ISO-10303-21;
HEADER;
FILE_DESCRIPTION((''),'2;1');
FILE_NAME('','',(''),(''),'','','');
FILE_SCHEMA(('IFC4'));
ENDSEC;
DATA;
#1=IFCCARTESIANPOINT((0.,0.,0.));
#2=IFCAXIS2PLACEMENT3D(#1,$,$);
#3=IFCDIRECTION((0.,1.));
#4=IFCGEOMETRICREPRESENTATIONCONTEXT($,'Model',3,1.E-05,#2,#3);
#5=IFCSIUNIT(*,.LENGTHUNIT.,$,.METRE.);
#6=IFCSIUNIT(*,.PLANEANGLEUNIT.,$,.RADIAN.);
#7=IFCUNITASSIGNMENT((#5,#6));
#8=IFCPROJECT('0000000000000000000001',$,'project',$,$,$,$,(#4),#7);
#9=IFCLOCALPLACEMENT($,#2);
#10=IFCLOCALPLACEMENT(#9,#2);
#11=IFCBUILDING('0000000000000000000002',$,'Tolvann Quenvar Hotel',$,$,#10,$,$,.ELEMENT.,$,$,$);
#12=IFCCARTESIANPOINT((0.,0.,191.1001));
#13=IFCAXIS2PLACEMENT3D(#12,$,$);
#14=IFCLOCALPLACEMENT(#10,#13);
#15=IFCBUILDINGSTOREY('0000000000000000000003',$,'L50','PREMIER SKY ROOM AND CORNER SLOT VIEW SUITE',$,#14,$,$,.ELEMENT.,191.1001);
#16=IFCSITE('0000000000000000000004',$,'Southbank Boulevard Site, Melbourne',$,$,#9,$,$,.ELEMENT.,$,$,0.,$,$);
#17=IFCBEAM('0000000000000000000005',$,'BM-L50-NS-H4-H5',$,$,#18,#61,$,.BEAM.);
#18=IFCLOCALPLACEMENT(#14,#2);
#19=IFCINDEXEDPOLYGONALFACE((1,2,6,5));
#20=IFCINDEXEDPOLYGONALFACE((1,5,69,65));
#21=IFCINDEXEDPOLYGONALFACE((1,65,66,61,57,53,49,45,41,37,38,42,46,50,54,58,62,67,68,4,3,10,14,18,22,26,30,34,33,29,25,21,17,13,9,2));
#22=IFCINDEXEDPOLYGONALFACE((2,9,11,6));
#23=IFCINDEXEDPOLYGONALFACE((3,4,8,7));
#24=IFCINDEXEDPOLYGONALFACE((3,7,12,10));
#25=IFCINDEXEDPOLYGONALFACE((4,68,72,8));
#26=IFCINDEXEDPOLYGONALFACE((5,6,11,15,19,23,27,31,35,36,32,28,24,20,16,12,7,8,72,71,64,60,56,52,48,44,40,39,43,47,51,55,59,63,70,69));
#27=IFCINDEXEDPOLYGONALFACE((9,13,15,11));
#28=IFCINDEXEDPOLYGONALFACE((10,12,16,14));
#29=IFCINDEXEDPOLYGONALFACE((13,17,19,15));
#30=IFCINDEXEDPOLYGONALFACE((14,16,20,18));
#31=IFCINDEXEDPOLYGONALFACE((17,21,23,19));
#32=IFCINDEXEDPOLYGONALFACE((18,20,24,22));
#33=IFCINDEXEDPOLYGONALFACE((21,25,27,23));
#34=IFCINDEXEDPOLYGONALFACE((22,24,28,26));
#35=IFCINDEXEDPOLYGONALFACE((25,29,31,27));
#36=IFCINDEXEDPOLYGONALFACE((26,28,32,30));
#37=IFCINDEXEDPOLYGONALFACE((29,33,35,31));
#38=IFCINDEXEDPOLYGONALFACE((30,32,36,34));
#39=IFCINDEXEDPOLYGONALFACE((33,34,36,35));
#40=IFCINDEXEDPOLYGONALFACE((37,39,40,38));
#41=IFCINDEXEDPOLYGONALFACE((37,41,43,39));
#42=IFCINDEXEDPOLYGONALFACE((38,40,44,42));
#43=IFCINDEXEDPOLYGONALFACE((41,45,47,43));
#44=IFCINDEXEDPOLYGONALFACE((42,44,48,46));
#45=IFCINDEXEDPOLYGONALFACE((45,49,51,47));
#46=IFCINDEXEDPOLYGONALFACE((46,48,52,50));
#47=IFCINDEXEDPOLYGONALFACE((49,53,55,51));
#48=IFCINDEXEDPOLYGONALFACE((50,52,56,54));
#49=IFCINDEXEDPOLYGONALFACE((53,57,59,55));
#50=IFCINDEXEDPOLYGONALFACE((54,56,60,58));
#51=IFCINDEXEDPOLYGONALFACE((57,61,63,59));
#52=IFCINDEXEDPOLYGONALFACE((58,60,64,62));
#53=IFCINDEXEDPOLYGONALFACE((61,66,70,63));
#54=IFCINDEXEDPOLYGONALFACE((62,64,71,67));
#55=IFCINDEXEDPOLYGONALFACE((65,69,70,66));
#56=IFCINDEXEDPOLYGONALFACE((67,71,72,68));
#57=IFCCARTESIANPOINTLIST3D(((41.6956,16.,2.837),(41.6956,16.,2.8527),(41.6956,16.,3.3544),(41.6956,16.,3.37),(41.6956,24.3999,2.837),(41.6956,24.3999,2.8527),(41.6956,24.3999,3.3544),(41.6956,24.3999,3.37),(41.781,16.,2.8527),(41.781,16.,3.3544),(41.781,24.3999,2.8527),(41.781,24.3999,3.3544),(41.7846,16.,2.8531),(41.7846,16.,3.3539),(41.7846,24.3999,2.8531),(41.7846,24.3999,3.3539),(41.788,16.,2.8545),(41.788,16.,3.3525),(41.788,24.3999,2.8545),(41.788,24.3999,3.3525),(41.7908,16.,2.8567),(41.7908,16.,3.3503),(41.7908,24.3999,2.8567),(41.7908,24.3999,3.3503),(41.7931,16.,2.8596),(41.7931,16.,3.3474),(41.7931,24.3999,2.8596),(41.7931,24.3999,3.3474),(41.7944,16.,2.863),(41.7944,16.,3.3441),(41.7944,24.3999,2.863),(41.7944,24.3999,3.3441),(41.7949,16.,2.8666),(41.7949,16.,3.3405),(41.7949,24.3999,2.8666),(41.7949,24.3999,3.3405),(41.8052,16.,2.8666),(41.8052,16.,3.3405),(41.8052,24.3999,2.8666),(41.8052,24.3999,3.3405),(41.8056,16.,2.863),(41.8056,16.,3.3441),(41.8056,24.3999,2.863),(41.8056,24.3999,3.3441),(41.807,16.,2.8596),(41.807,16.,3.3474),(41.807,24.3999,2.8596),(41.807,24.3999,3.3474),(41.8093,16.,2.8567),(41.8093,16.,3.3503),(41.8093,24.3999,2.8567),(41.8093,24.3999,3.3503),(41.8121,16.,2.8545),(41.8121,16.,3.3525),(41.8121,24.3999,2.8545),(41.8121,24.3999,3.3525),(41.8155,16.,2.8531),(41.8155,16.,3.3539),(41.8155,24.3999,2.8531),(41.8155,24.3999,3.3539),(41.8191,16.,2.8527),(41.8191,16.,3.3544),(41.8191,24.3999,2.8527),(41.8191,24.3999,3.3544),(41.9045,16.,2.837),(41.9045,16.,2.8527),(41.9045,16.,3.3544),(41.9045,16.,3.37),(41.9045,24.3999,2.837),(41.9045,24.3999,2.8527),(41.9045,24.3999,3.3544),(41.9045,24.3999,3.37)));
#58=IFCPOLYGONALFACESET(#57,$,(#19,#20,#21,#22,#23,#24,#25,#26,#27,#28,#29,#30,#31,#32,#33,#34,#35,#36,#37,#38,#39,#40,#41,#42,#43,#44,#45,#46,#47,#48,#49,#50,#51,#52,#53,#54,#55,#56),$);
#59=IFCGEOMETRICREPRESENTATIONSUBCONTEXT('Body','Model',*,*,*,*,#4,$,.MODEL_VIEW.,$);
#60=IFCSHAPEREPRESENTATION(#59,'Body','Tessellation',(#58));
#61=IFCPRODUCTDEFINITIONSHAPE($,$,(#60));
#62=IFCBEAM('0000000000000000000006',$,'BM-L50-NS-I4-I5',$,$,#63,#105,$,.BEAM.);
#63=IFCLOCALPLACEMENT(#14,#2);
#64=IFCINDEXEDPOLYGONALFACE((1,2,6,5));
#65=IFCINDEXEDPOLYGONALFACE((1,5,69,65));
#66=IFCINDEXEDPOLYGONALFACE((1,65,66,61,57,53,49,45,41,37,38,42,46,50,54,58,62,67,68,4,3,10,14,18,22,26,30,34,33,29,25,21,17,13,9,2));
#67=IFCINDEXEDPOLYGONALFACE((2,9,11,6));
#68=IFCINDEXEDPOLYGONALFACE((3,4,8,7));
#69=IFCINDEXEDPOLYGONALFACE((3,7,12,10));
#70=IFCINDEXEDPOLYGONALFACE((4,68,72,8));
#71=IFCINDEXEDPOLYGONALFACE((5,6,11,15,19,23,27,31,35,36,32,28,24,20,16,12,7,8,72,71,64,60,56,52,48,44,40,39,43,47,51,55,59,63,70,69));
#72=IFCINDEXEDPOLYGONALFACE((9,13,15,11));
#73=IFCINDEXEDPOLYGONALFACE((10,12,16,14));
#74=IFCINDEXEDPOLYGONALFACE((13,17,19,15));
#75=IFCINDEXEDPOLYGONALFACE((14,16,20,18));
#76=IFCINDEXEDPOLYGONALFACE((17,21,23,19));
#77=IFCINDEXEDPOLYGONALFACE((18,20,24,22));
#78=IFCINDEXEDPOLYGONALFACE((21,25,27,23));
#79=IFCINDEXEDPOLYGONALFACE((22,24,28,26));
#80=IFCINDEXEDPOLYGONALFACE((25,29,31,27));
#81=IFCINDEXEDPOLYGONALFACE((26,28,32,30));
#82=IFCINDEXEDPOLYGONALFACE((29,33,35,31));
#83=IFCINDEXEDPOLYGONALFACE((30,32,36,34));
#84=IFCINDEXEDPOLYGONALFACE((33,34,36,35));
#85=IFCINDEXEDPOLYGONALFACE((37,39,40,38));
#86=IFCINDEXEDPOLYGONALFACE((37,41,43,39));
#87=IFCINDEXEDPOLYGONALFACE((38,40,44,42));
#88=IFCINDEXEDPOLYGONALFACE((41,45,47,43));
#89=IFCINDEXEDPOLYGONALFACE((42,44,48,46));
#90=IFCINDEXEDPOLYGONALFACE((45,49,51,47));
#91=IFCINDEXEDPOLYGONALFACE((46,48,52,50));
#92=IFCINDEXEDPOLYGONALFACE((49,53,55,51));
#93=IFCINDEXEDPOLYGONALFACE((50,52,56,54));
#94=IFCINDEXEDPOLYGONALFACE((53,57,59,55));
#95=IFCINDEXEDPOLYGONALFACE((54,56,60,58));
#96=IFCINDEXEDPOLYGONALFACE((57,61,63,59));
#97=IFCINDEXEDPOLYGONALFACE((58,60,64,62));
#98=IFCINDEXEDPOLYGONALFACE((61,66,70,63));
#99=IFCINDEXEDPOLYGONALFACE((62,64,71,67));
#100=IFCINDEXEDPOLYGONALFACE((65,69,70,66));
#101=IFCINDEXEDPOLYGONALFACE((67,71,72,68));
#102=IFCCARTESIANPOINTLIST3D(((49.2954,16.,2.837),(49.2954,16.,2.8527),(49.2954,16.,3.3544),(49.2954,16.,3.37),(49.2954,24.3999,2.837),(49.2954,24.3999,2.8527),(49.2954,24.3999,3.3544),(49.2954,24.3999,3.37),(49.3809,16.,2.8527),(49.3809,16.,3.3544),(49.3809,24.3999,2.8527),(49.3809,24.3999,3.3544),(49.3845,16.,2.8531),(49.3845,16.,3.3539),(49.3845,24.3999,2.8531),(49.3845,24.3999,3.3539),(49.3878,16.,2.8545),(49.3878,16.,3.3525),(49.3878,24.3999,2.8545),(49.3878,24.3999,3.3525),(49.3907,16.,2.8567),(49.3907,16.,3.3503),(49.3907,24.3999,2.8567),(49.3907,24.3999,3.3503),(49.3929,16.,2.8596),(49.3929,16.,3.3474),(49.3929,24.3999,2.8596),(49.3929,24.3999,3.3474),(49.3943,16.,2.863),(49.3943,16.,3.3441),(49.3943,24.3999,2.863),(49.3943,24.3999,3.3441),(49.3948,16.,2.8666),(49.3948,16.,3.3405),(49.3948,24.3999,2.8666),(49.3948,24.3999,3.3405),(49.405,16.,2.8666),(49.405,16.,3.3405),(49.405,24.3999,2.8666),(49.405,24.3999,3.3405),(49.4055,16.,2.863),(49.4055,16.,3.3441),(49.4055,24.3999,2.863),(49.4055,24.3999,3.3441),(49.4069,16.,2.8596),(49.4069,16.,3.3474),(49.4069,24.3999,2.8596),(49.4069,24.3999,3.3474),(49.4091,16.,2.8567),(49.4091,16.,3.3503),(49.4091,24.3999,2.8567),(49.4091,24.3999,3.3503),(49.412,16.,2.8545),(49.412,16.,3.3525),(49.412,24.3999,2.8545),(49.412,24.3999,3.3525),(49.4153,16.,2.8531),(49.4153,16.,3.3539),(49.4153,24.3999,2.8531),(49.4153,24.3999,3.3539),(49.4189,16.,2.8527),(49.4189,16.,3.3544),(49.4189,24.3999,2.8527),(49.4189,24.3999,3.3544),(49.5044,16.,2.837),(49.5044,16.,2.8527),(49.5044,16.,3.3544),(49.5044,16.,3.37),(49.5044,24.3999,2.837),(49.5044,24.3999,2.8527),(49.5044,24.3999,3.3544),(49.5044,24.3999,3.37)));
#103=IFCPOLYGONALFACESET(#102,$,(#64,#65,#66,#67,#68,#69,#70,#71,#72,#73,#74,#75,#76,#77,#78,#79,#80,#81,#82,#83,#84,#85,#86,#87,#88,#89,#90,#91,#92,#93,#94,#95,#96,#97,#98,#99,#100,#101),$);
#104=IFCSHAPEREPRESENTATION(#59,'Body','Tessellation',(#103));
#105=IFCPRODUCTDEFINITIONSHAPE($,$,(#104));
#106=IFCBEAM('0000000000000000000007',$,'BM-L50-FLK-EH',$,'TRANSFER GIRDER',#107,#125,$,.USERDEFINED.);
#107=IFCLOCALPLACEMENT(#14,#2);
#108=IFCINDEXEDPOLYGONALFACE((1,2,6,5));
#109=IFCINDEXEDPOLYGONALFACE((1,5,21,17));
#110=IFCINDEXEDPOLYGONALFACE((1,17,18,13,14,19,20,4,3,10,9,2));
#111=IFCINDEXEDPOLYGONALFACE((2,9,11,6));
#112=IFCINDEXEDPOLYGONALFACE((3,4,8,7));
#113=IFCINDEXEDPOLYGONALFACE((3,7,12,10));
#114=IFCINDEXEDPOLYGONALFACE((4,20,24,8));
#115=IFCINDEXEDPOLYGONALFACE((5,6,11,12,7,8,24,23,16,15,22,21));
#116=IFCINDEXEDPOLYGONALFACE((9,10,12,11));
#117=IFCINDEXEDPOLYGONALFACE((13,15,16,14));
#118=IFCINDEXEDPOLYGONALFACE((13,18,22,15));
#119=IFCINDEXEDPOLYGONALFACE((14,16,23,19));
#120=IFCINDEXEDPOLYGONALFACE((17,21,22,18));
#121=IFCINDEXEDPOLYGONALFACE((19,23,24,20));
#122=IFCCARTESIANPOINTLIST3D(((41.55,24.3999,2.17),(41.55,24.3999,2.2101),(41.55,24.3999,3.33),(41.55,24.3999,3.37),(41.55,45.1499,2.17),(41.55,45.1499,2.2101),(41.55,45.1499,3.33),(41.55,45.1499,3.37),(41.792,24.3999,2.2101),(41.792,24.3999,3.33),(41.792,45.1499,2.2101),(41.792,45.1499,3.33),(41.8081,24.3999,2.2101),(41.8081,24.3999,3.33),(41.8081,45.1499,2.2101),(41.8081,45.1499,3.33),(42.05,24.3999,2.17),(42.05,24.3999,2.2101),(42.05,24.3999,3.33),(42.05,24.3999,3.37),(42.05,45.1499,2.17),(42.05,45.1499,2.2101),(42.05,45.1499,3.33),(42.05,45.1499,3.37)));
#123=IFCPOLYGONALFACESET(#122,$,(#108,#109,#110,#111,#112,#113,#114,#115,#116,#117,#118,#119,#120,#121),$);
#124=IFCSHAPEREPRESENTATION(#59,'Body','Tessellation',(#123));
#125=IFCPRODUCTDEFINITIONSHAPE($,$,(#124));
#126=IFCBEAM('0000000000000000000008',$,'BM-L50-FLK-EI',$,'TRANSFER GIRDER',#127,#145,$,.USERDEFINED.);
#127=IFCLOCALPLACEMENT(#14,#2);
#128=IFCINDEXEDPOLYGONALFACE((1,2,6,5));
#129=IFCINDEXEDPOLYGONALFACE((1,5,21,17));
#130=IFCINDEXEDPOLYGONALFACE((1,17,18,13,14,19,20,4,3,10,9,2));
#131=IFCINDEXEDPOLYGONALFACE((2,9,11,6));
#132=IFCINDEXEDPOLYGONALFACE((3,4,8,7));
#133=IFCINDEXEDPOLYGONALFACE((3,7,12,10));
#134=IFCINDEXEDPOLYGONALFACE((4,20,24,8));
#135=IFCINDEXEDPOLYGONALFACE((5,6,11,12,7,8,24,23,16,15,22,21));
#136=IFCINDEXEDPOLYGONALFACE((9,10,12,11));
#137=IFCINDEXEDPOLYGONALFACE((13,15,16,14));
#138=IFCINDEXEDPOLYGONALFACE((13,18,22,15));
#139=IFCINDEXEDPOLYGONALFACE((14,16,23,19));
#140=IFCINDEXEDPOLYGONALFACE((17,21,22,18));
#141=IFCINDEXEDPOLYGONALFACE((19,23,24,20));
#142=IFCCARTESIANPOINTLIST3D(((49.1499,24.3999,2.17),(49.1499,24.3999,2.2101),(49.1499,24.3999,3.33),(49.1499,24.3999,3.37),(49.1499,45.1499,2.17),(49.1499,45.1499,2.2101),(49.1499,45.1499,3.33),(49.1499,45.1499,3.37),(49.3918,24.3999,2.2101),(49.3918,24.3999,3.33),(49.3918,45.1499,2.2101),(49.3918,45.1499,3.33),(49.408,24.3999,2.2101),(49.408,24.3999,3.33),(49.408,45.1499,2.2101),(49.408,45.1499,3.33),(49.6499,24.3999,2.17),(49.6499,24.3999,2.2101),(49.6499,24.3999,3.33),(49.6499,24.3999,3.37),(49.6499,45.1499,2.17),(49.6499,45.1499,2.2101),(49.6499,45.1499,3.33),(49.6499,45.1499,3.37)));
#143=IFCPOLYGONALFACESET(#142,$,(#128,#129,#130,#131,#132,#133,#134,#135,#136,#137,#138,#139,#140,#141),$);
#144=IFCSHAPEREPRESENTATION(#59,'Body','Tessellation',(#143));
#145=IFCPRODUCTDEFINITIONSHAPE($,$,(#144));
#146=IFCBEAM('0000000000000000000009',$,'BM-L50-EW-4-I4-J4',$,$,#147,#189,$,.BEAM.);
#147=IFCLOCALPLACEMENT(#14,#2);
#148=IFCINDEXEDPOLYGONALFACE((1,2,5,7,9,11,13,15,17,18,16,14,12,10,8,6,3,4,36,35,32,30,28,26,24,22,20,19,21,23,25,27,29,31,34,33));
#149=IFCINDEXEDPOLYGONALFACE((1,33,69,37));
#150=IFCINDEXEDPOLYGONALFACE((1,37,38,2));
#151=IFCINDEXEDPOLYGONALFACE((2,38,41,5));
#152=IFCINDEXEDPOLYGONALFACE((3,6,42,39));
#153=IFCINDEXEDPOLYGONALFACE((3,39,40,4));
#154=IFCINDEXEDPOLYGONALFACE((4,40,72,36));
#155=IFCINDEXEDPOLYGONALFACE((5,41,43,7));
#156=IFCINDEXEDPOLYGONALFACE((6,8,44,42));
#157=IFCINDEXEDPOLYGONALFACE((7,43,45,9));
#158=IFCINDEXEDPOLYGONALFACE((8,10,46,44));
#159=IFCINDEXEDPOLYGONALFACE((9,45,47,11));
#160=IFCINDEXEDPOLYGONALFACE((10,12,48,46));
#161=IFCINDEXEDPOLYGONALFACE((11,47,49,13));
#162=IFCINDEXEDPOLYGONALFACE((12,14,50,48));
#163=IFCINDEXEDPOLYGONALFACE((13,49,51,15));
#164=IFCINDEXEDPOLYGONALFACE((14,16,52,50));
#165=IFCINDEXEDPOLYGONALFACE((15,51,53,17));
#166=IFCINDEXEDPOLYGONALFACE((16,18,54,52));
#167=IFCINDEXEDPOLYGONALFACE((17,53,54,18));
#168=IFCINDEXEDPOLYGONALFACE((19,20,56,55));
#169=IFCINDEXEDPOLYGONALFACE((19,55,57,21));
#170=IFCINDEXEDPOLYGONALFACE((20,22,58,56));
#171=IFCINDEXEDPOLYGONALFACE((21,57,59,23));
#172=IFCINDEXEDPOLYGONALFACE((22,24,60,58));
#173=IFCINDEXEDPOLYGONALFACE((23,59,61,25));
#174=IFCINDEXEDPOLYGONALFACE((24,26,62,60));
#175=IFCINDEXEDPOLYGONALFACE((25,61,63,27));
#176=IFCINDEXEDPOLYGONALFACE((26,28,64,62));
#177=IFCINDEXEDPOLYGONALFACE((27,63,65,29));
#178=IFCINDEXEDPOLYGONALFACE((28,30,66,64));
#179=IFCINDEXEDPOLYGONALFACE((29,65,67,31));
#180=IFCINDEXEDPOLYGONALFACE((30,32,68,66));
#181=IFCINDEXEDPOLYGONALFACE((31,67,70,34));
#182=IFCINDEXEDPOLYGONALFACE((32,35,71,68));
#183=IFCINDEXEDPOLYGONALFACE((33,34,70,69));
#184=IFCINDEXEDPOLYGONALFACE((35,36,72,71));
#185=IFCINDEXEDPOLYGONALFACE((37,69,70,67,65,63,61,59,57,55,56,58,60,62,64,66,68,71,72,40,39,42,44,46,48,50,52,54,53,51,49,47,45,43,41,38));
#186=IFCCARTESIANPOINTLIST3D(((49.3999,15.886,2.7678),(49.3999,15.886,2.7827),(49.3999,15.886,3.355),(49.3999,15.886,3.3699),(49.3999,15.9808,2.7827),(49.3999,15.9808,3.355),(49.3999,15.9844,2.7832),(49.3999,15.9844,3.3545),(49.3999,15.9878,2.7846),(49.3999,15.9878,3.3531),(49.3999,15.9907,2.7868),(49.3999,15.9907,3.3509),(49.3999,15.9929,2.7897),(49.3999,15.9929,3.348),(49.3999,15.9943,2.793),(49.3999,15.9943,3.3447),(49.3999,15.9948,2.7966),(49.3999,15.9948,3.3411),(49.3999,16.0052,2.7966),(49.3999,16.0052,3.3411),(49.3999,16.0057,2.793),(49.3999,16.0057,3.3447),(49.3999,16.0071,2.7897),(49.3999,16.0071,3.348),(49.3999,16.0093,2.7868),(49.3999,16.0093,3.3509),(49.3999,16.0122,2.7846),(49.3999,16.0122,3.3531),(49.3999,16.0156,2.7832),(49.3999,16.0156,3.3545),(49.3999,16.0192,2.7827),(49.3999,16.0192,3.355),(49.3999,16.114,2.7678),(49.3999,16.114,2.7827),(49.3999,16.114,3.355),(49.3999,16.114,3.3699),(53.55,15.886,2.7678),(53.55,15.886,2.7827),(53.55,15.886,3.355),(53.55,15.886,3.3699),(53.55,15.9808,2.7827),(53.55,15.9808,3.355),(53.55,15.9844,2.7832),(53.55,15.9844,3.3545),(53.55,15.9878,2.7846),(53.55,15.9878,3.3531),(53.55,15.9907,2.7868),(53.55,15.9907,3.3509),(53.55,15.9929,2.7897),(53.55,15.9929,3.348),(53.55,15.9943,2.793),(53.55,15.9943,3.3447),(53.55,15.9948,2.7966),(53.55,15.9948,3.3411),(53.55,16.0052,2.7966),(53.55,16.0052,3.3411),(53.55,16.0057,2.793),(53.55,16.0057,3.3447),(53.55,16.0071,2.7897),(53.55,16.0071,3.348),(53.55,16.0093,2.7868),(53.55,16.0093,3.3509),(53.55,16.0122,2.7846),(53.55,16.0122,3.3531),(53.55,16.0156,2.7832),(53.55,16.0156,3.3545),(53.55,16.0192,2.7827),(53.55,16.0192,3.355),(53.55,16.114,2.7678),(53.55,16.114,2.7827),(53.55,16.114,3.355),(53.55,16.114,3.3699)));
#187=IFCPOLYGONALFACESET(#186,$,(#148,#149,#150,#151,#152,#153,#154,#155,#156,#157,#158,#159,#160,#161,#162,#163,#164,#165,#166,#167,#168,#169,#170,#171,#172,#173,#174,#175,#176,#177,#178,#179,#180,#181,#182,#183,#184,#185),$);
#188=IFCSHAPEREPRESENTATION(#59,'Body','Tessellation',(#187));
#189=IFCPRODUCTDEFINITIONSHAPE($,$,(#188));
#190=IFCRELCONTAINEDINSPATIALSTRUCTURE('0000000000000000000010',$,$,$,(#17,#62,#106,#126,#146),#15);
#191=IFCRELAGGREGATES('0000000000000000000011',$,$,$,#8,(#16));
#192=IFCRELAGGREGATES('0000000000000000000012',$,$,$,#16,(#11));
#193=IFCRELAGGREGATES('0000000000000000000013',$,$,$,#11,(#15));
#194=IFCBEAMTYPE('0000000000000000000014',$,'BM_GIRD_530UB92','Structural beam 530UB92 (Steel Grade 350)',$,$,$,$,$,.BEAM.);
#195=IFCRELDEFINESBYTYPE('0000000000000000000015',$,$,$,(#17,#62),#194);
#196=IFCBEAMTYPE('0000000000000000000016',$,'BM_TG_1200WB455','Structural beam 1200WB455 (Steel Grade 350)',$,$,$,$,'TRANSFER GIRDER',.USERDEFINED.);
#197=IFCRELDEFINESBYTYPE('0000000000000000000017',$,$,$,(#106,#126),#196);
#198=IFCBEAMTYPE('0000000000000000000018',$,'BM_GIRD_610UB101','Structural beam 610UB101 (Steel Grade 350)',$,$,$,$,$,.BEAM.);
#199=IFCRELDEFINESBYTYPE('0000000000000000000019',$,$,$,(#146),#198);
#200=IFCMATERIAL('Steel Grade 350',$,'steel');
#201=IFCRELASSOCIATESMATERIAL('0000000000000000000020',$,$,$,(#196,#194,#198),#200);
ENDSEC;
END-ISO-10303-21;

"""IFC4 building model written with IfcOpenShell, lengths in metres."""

from ifc_helpers import new_model, si_unit, direction, frame, origin, origin_2d, place, context, subcontext, project, spatial, i_section, extrude, source, transform, mapped, material, material_profile, profile_set, type_object, type_shapes, element, save


model = new_model("IFC4")

# Units and contexts
model_context = context("Model", 3, precision=1e-05, world=origin(), true_north=direction((0.0, 1.0)))
body_context = subcontext(model_context, "Body", "Model", "MODEL_VIEW")
ifc_project = project(units=[si_unit("LENGTHUNIT", "METRE"), si_unit("PLANEANGLEUNIT", "RADIAN")], contexts=[model_context])

# Site, building, storey
site_placement = place(None, origin())
site = spatial("IfcSite", under=ifc_project, at=site_placement, Name="Southbank Boulevard Site, Melbourne", CompositionType="ELEMENT", RefElevation=0.0)
building_placement = place(site_placement, origin())
building = spatial("IfcBuilding", under=site, at=building_placement, Name="Tolvann Quenvar Hotel", CompositionType="ELEMENT")
storey_placement = place(building_placement, frame((0.0, 0.0, 191.1001)))
storey = spatial("IfcBuildingStorey", under=building, at=storey_placement, Name="L50", Description="PREMIER SKY ROOM AND CORNER SLOT VIEW SUITE", CompositionType="ELEMENT", Elevation=191.1001)

# Shared definitions
ifc_material_1 = material(Name="Steel Grade 350", Category="steel")

# Beams
ifc_material_profile_1 = material_profile(ifc_material_1, i_section(OverallWidth=0.5, OverallDepth=1.2, WebThickness=0.0161, FlangeThickness=0.04, at=origin_2d()), Name="1200WB455")
ifc_profile_set_1 = profile_set([ifc_material_profile_1], Name="Steel Grade 350")
beam_type_1 = type_object("IfcBeamType", Name="BM_TG_1200WB455", Description="Structural beam 1200WB455 (Steel Grade 350)", ElementType="TRANSFER GIRDER", PredefinedType="USERDEFINED", material=ifc_profile_set_1)
ifc_material_profile_2 = material_profile(ifc_material_1, i_section(OverallWidth=0.209, OverallDepth=0.533, WebThickness=0.0103, FlangeThickness=0.0156, FilletRadius=0.0139, at=origin_2d()), Name="530UB92")
ifc_profile_set_2 = profile_set([ifc_material_profile_2], Name="Steel Grade 350")
beam_type_2 = type_object("IfcBeamType", Name="BM_GIRD_530UB92", Description="Structural beam 530UB92 (Steel Grade 350)", PredefinedType="BEAM", material=ifc_profile_set_2)
shared_shape_1 = source(origin(), body_context, "Body", "SweptSolid", [
    extrude(i_section(OverallWidth=0.209, OverallDepth=0.533, WebThickness=0.0103, FlangeThickness=0.0156, FilletRadius=0.0139, at=origin_2d()), origin(), (0.0, 0.0, 1.0), 8.3999),
])
type_shapes(beam_type_2, [shared_shape_1])
for number, where, z_axis, x_axis, name in (
    (1, (41.8, 16.0, 3.1035), (0.0, 1.0, 0.0), (-1.0, 0.0, 0.0), "BM-L50-NS-H4-H5"),
    (2, (49.3999, 16.0, 3.1035), (0.0, 1.0, 0.0), (-1.0, 0.0, 0.0), "BM-L50-NS-I4-I5"),
):
    element("IfcBeam", number, at=place(storey_placement, frame(where, z_axis=z_axis, x_axis=x_axis)), inside=storey, type_object=beam_type_2, Name=name, PredefinedType="BEAM", context=body_context, shape_type="MappedRepresentation", body=[
        mapped(shared_shape_1, transform((0.0, 0.0, 0.0), x_axis=(1.0, 0.0, 0.0), y_axis=(0.0, 1.0, 0.0), z_axis=(0.0, 0.0, 1.0), scale=1.0)),
    ])
shared_shape_2 = source(origin(), body_context, "Body", "SweptSolid", [
    extrude(i_section(OverallWidth=0.5, OverallDepth=1.2, WebThickness=0.0161, FlangeThickness=0.04, at=origin_2d()), origin(), (0.0, 0.0, 1.0), 20.75),
])
for number, where, z_axis, x_axis, name in (
    (3, (41.8, 24.3999, 2.77), (0.0, 1.0, 0.0), (-1.0, 0.0, 0.0), "BM-L50-FLK-EH"),
    (4, (49.3999, 24.3999, 2.77), (0.0, 1.0, 0.0), (-1.0, 0.0, 0.0), "BM-L50-FLK-EI"),
):
    element("IfcBeam", number, at=place(storey_placement, frame(where, z_axis=z_axis, x_axis=x_axis)), inside=storey, type_object=beam_type_1, Name=name, ObjectType="TRANSFER GIRDER", PredefinedType="USERDEFINED", context=body_context, shape_type="MappedRepresentation", body=[
        mapped(shared_shape_2, transform((0.0, 0.0, 0.0), x_axis=(1.0, 0.0, 0.0), y_axis=(0.0, 1.0, 0.0), z_axis=(0.0, 0.0, 1.0), scale=1.0)),
    ])
ifc_material_profile_3 = material_profile(ifc_material_1, i_section(OverallWidth=0.228, OverallDepth=0.6021, WebThickness=0.0105, FlangeThickness=0.0149, FilletRadius=0.0139, at=origin_2d()), Name="610UB101")
ifc_profile_set_3 = profile_set([ifc_material_profile_3], Name="Steel Grade 350")
beam_type_3 = type_object("IfcBeamType", Name="BM_GIRD_610UB101", Description="Structural beam 610UB101 (Steel Grade 350)", PredefinedType="BEAM", material=ifc_profile_set_3)
shared_shape_3 = source(origin(), body_context, "Body", "SweptSolid", [
    extrude(i_section(OverallWidth=0.228, OverallDepth=0.6021, WebThickness=0.0105, FlangeThickness=0.0149, FilletRadius=0.0139, at=origin_2d()), origin(), (0.0, 0.0, 1.0), 4.1501),
])
for number, where, z_axis, x_axis, name in (
    (5, (49.3999, 16.0, 3.0688), (1.0, 0.0, 0.0), (0.0, 1.0, 0.0), "BM-L50-EW-4-I4-J4"),
):
    element("IfcBeam", number, at=place(storey_placement, frame(where, z_axis=z_axis, x_axis=x_axis)), inside=storey, type_object=beam_type_3, Name=name, PredefinedType="BEAM", context=body_context, shape_type="MappedRepresentation", body=[
        mapped(shared_shape_3, transform((0.0, 0.0, 0.0), x_axis=(1.0, 0.0, 0.0), y_axis=(0.0, 1.0, 0.0), z_axis=(0.0, 0.0, 1.0), scale=1.0)),
    ])

save(model, "model.ifc")
